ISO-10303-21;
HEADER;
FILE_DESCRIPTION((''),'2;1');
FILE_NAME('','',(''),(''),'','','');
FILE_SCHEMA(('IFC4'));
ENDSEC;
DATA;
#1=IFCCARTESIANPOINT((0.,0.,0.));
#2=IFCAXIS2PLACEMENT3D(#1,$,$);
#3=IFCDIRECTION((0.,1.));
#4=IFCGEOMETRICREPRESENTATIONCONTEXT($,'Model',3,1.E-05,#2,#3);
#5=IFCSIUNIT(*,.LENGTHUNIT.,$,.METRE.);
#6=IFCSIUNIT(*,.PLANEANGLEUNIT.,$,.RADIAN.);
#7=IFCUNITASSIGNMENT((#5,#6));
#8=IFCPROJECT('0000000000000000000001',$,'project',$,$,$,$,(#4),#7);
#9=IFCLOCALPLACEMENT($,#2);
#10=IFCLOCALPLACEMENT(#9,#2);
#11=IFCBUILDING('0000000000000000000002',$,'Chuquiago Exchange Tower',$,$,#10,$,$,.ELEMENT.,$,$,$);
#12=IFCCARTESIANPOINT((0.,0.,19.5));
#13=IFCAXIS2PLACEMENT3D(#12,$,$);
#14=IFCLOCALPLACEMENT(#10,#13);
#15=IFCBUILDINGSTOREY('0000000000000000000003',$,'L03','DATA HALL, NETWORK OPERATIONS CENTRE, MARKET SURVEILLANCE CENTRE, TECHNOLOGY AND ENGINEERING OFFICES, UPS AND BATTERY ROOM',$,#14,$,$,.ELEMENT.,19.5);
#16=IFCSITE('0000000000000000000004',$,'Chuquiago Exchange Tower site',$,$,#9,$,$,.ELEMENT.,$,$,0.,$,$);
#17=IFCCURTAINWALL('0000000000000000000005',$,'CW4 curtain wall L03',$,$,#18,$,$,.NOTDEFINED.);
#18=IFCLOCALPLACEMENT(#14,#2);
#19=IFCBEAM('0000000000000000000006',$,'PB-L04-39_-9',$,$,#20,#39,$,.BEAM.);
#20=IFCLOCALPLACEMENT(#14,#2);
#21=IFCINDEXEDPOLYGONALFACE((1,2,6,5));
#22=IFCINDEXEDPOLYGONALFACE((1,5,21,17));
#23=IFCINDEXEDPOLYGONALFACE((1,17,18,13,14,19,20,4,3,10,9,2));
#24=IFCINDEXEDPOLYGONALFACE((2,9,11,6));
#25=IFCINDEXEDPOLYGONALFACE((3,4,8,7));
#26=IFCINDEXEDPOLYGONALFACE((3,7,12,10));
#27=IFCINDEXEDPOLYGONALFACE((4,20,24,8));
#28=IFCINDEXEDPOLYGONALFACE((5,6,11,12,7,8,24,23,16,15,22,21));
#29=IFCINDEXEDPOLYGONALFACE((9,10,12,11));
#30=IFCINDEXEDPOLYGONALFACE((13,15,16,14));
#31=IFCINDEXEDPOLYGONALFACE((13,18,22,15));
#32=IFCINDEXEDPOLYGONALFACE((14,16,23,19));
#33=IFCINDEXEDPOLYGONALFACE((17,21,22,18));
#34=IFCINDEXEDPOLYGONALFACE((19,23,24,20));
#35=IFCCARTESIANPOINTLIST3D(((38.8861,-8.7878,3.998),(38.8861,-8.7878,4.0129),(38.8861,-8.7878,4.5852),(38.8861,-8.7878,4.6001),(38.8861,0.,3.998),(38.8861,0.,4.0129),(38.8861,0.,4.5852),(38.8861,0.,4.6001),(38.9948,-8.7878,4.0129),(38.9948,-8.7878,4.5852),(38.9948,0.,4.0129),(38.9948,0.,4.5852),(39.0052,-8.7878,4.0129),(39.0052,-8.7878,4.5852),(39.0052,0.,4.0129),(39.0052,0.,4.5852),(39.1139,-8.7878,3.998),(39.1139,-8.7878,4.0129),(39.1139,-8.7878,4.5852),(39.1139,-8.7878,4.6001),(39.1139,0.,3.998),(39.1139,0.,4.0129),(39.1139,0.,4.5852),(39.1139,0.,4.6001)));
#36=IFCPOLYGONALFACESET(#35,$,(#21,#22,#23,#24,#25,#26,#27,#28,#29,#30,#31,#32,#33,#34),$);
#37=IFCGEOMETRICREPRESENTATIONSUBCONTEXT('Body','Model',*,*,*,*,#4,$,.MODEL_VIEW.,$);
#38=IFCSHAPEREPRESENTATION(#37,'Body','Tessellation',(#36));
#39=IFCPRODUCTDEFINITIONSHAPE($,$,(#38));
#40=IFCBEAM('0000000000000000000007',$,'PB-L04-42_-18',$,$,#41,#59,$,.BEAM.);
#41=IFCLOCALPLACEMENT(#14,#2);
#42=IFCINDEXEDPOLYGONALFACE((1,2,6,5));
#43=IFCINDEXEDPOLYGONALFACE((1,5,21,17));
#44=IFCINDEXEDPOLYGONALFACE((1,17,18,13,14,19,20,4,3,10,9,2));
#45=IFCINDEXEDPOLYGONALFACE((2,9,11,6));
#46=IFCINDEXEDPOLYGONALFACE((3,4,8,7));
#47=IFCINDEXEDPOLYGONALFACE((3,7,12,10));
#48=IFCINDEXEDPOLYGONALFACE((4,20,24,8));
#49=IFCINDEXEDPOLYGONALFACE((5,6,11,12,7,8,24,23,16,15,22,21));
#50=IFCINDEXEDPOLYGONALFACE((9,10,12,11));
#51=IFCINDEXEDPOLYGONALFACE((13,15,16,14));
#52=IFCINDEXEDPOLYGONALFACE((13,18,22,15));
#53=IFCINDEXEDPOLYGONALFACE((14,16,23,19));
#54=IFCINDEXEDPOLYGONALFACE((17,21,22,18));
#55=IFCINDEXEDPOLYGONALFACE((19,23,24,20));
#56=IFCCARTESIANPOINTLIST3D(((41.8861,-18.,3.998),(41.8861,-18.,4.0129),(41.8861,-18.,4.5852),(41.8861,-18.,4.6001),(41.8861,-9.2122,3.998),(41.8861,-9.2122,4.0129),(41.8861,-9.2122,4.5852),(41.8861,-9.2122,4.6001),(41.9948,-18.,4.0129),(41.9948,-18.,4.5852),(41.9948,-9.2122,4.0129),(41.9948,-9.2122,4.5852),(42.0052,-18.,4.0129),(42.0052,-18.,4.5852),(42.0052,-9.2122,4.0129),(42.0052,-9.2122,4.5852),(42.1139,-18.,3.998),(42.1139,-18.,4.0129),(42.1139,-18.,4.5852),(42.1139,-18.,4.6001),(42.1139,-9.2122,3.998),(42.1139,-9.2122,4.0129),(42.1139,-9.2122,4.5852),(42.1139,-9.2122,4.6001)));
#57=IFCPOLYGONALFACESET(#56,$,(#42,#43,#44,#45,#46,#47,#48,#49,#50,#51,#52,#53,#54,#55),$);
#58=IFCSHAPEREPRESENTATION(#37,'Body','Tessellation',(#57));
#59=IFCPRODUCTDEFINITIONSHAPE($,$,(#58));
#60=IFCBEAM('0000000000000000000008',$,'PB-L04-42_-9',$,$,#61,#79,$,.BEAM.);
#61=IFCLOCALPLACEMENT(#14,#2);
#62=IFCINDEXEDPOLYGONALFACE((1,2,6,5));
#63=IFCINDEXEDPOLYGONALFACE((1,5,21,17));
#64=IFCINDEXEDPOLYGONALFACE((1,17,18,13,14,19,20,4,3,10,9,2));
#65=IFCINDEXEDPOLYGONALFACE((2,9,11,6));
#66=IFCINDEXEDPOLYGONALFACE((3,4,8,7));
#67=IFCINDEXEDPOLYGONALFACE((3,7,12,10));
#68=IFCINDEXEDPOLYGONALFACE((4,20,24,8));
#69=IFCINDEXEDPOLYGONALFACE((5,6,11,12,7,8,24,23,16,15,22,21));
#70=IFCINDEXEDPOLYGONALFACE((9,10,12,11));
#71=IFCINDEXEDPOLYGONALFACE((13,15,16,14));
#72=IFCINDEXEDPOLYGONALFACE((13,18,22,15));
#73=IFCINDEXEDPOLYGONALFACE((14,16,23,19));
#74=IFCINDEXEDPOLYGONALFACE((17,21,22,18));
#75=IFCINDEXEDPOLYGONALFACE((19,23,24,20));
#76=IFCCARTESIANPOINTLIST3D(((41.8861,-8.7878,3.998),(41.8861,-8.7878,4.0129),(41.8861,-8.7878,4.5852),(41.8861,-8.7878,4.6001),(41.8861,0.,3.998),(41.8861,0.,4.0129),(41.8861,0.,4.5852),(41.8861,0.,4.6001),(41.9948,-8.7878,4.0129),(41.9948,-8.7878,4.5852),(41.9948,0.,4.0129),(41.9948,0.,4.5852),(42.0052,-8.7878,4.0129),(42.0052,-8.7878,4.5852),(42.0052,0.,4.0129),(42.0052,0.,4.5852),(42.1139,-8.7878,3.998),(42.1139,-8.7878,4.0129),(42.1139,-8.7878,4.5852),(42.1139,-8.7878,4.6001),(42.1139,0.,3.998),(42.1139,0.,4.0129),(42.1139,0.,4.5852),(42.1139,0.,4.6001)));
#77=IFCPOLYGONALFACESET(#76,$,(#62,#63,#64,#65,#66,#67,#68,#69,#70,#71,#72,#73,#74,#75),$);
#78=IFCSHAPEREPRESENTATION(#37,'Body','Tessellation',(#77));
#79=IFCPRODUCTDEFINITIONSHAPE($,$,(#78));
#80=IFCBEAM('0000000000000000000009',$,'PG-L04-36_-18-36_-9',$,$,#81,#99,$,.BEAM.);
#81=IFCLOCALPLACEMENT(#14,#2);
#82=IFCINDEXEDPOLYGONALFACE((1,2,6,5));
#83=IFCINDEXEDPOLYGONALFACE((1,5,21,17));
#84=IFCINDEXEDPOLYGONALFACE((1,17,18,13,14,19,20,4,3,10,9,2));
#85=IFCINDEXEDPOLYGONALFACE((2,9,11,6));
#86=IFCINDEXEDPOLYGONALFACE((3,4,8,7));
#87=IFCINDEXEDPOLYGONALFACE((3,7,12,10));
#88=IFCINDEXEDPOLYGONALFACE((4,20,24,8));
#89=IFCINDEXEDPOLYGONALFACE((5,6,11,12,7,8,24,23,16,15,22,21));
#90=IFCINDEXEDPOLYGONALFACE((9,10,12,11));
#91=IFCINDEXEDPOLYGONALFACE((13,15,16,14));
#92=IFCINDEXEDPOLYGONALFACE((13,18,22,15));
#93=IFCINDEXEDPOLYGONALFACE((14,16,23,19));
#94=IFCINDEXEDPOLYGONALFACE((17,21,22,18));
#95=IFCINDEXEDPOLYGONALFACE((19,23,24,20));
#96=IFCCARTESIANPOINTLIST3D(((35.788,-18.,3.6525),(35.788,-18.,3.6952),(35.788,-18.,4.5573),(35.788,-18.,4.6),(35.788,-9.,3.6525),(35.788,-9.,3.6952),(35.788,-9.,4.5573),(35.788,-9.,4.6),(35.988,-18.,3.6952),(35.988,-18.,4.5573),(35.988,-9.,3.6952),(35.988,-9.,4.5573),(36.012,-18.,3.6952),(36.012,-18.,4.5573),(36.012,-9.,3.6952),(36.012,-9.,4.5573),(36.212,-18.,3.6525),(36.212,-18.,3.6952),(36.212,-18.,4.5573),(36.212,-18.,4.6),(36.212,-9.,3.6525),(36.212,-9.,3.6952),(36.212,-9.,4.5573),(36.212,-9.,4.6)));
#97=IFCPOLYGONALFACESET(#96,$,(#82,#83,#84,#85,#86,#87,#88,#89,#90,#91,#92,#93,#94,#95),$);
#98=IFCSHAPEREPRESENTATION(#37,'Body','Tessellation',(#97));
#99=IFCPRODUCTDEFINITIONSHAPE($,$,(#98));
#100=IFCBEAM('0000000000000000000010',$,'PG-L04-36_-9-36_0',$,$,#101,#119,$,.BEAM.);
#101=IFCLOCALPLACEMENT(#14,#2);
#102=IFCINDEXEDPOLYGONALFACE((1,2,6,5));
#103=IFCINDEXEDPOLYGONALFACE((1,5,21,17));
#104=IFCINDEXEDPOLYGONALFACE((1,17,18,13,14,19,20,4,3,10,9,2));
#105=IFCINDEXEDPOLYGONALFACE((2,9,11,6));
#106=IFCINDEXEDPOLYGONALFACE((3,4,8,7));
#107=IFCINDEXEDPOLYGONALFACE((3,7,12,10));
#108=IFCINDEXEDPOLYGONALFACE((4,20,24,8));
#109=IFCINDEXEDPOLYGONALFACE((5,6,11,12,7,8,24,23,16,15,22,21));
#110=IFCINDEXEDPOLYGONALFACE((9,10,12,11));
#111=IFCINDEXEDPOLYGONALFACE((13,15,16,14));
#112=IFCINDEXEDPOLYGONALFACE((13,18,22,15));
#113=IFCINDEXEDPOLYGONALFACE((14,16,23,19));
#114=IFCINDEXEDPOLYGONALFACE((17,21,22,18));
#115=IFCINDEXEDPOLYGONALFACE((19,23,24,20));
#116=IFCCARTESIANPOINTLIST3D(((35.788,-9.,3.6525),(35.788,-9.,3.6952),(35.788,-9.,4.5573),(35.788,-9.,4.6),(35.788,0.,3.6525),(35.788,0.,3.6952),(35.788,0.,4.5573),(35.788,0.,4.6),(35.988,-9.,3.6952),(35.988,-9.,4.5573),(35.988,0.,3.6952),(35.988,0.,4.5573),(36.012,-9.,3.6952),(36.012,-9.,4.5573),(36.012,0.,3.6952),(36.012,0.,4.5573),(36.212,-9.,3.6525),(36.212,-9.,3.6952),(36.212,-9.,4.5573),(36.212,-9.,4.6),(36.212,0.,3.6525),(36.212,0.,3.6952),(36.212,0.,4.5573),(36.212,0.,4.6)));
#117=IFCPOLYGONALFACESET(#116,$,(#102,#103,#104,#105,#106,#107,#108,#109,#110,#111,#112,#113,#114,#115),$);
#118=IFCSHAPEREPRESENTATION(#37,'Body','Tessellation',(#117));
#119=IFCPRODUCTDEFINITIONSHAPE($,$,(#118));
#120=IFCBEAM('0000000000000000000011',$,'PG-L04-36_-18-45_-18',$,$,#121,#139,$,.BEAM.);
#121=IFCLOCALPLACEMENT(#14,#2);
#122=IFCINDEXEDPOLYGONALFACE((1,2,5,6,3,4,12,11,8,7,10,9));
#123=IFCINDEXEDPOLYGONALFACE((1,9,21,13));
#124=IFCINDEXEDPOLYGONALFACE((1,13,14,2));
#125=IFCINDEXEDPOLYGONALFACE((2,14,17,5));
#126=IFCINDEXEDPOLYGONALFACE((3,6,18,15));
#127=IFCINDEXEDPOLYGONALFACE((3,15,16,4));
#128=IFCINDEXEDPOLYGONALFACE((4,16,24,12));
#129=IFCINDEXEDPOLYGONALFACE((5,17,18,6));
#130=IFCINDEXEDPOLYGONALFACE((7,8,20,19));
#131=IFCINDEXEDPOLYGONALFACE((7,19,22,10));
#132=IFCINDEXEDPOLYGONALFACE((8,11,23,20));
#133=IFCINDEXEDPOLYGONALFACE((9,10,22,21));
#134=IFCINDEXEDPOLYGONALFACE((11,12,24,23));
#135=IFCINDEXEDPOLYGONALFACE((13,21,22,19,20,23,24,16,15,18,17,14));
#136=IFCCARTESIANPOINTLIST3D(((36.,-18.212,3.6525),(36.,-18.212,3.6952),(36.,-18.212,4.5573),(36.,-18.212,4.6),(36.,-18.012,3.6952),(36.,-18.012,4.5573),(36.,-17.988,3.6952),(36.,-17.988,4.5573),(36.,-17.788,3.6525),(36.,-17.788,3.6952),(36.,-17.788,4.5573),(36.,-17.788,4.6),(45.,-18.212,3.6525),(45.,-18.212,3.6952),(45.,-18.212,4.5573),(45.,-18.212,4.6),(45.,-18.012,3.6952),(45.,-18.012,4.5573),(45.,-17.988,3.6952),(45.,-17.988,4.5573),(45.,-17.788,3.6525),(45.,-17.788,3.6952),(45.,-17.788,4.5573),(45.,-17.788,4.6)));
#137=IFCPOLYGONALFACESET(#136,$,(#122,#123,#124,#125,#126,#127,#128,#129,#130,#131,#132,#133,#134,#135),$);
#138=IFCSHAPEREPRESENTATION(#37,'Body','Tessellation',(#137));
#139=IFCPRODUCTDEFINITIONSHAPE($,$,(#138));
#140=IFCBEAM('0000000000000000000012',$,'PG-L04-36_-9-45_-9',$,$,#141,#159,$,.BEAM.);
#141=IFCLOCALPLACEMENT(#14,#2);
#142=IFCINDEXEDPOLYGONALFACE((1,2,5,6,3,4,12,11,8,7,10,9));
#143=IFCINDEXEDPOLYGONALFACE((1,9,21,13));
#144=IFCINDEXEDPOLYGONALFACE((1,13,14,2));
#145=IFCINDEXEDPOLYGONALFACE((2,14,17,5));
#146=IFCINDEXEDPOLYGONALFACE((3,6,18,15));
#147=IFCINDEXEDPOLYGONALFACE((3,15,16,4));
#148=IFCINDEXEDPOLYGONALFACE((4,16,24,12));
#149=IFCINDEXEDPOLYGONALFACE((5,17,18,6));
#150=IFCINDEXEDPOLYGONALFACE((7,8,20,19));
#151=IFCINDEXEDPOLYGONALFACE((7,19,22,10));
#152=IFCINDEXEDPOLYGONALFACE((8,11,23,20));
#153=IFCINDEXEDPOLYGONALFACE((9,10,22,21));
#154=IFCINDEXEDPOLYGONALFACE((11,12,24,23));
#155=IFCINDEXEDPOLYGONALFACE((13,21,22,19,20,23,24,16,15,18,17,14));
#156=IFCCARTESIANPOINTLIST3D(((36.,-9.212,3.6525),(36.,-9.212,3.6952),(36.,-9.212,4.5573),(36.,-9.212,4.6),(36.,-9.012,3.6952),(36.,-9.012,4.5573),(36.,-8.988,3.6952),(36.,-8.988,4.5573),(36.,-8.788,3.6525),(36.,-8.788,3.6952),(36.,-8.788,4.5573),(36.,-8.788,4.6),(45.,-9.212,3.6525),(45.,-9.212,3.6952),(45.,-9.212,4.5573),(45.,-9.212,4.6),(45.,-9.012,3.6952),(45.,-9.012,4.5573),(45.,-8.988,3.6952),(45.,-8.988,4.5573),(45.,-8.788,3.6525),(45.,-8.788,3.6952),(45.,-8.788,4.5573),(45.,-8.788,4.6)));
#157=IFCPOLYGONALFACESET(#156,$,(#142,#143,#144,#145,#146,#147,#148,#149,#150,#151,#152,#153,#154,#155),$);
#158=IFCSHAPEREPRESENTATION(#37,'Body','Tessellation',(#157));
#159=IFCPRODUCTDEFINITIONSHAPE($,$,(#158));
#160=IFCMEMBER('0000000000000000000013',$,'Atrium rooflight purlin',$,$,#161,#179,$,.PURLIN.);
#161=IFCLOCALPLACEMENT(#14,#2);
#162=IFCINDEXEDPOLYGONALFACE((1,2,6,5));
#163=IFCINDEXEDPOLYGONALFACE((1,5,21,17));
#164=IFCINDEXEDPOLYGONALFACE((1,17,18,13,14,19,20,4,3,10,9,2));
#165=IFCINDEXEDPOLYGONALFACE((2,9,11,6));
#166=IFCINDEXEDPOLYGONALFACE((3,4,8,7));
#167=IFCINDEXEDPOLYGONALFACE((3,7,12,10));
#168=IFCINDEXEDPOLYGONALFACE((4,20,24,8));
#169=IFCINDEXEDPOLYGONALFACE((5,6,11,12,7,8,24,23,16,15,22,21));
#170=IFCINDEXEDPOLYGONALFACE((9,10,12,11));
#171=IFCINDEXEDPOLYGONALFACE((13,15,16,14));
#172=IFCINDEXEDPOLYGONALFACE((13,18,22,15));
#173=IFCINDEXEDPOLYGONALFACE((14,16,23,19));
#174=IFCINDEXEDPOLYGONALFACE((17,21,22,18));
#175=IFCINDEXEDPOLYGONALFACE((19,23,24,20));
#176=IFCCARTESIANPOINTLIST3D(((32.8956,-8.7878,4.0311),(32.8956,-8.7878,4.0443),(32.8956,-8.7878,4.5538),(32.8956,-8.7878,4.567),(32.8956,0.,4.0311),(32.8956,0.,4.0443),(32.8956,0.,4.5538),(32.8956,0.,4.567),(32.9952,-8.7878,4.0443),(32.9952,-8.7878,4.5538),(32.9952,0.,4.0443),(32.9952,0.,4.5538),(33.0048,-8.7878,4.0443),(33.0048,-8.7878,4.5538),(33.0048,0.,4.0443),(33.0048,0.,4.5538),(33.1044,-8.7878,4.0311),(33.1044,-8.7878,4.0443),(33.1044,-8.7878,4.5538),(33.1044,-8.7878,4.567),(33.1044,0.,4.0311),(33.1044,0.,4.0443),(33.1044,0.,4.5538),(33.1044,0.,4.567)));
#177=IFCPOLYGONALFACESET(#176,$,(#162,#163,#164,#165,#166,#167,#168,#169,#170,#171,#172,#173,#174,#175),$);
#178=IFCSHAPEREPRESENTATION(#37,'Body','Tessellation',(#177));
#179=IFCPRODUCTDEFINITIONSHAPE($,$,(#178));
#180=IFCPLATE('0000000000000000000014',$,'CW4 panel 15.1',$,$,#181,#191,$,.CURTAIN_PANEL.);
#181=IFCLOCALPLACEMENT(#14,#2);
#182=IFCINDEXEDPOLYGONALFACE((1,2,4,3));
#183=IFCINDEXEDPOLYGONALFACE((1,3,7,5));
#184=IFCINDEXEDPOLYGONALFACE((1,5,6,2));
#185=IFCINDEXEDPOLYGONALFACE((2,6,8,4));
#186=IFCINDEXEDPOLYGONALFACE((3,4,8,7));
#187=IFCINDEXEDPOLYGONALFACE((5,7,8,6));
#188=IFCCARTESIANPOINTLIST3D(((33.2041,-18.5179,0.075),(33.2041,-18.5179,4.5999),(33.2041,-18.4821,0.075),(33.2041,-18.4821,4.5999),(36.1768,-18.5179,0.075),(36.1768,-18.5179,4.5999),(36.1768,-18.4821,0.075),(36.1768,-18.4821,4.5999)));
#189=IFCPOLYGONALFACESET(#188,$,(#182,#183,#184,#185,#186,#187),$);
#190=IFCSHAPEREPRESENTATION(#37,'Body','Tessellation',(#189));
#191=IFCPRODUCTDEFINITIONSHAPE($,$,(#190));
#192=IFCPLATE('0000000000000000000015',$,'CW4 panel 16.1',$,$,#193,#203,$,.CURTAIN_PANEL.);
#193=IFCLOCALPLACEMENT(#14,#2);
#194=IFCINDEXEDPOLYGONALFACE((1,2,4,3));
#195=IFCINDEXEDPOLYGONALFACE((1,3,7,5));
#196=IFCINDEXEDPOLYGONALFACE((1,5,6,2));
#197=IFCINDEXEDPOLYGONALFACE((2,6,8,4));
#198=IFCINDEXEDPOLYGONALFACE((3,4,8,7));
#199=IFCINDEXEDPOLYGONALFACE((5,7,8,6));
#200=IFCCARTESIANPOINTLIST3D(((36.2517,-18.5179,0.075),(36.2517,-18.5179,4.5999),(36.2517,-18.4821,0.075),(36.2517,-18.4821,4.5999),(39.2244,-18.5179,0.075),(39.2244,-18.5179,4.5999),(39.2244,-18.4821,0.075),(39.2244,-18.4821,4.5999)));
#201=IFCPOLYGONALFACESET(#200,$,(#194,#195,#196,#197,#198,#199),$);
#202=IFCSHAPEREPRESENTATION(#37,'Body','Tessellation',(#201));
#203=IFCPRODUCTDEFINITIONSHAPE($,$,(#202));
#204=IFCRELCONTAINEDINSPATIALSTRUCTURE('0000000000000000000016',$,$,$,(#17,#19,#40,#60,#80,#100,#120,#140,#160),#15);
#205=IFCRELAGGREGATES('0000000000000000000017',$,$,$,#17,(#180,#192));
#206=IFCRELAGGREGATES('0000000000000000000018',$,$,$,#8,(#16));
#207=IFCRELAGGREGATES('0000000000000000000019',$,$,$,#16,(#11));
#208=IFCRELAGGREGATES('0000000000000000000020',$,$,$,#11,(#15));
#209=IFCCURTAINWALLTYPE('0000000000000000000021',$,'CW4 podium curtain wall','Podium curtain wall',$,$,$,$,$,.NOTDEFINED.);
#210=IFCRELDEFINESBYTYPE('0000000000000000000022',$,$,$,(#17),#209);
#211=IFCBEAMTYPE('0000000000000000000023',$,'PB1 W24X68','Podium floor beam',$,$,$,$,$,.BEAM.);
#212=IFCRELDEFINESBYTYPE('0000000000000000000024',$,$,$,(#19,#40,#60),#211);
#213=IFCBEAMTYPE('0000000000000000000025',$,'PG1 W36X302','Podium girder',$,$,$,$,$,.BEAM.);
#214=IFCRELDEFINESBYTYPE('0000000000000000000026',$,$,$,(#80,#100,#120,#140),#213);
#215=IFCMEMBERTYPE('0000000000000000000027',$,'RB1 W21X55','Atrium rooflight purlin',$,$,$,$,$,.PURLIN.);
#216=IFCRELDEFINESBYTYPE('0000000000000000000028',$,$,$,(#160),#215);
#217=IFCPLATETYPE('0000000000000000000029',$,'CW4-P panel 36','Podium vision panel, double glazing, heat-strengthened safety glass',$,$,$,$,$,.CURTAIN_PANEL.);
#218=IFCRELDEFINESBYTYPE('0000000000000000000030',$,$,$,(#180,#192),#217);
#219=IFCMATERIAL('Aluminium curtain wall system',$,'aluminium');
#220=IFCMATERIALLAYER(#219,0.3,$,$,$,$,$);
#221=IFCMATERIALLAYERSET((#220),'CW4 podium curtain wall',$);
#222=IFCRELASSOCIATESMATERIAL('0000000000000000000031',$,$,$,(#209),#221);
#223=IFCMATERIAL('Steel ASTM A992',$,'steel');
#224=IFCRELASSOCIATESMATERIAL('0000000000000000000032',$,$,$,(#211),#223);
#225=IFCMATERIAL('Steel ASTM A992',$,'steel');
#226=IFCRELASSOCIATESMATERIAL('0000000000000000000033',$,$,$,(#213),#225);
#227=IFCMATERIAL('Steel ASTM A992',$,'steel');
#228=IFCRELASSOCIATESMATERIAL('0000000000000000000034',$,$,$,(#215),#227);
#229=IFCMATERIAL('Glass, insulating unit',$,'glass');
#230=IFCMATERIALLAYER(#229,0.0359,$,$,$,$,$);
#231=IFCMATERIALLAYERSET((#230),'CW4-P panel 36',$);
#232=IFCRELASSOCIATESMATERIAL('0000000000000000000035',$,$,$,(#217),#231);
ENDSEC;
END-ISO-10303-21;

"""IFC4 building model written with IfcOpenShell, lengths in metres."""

from ifc_helpers import new_model, si_unit, direction, frame, origin, origin_2d, place, context, subcontext, project, spatial, rectangle, i_section, extrude, material, layer, layer_set, material_profile, profile_set, type_object, element, aggregate, save


model = new_model("IFC4")

# Units and contexts
model_context = context("Model", 3, precision=1e-05, world=origin(), true_north=direction((0.0, 1.0)))
body_context = subcontext(model_context, "Body", "Model", "MODEL_VIEW")
ifc_project = project(units=[si_unit("LENGTHUNIT", "METRE"), si_unit("PLANEANGLEUNIT", "RADIAN")], contexts=[model_context])

# Site, building, storey
site_placement = place(None, origin())
site = spatial("IfcSite", under=ifc_project, at=site_placement, Name="Chuquiago Exchange Tower site", CompositionType="ELEMENT", RefElevation=0.0)
building_placement = place(site_placement, origin())
building = spatial("IfcBuilding", under=site, at=building_placement, Name="Chuquiago Exchange Tower", CompositionType="ELEMENT")
storey_placement = place(building_placement, frame((0.0, 0.0, 19.5)))
storey = spatial("IfcBuildingStorey", under=building, at=storey_placement, Name="L03", Description="DATA HALL, NETWORK OPERATIONS CENTRE, MARKET SURVEILLANCE CENTRE, TECHNOLOGY AND ENGINEERING OFFICES, UPS AND BATTERY ROOM", CompositionType="ELEMENT", Elevation=19.5)

# Curtain wall
ifc_material_1 = material(Name="Aluminium curtain wall system", Category="aluminium")
ifc_layer_1 = layer(ifc_material_1, 0.3)
ifc_layer_set_1 = layer_set([ifc_layer_1], Name="CW4 podium curtain wall")
curtain_wall_type = type_object("IfcCurtainWallType", Name="CW4 podium curtain wall", Description="Podium curtain wall", PredefinedType="NOTDEFINED", material=ifc_layer_set_1)
curtain_wall_placement = place(storey_placement, origin())
curtain_wall = element("IfcCurtainWall", 1, at=curtain_wall_placement, inside=storey, type_object=curtain_wall_type, Name="CW4 curtain wall L03", PredefinedType="NOTDEFINED")

# Beams
ifc_material_2 = material(Name="Steel ASTM A992", Category="steel")
ifc_material_profile_1 = material_profile(ifc_material_2, i_section(OverallWidth=0.2278, OverallDepth=0.6021, WebThickness=0.0105, FlangeThickness=0.0149, at=origin_2d()), Name="W24X68")
ifc_profile_set_1 = profile_set([ifc_material_profile_1], Name="Steel ASTM A992")
beam_type_1 = type_object("IfcBeamType", Name="PB1 W24X68", Description="Podium floor beam", PredefinedType="BEAM", material=ifc_profile_set_1)
for number, where, z_axis, x_axis, name in (
    (2, (39.0, -8.7878, 4.2991), (0.0, 1.0, 0.0), (-1.0, 0.0, 0.0), "PB-L04-39_-9"),
    (3, (42.0, -18.0, 4.2991), (0.0, 1.0, 0.0), (-1.0, 0.0, 0.0), "PB-L04-42_-18"),
    (4, (42.0, -8.7878, 4.2991), (0.0, 1.0, 0.0), (-1.0, 0.0, 0.0), "PB-L04-42_-9"),
):
    element("IfcBeam", number, at=place(storey_placement, frame(where, z_axis=z_axis, x_axis=x_axis)), inside=storey, type_object=beam_type_1, Name=name, PredefinedType="BEAM", context=body_context, shape_type="SweptSolid", body=[
        extrude(i_section(OverallWidth=0.2278, OverallDepth=0.6021, WebThickness=0.0105, FlangeThickness=0.0149, at=origin_2d()), origin(), (0.0, 0.0, 1.0), 8.7878),
    ])
ifc_material_3 = material(Name="Steel ASTM A992", Category="steel")
ifc_material_profile_2 = material_profile(ifc_material_3, i_section(OverallWidth=0.4241, OverallDepth=0.9475, WebThickness=0.0239, FlangeThickness=0.0427, at=origin_2d()), Name="W36X302")
ifc_profile_set_2 = profile_set([ifc_material_profile_2], Name="Steel ASTM A992")
beam_type_2 = type_object("IfcBeamType", Name="PG1 W36X302", Description="Podium girder", PredefinedType="BEAM", material=ifc_profile_set_2)
for number, where, z_axis, x_axis, name in (
    (5, (36.0, -18.0, 4.1262), (0.0, 1.0, 0.0), (-1.0, 0.0, 0.0), "PG-L04-36_-18-36_-9"),
    (6, (36.0, -9.0, 4.1262), (0.0, 1.0, 0.0), (-1.0, 0.0, 0.0), "PG-L04-36_-9-36_0"),
    (7, (36.0, -18.0, 4.1262), (1.0, 0.0, 0.0), (0.0, 1.0, 0.0), "PG-L04-36_-18-45_-18"),
    (8, (36.0, -9.0, 4.1262), (1.0, 0.0, 0.0), (0.0, 1.0, 0.0), "PG-L04-36_-9-45_-9"),
):
    element("IfcBeam", number, at=place(storey_placement, frame(where, z_axis=z_axis, x_axis=x_axis)), inside=storey, type_object=beam_type_2, Name=name, PredefinedType="BEAM", context=body_context, shape_type="SweptSolid", body=[
        extrude(i_section(OverallWidth=0.4241, OverallDepth=0.9475, WebThickness=0.0239, FlangeThickness=0.0427, at=origin_2d()), origin(), (0.0, 0.0, 1.0), 9.0),
    ])

# Member
ifc_material_4 = material(Name="Steel ASTM A992", Category="steel")
ifc_material_profile_3 = material_profile(ifc_material_4, i_section(OverallWidth=0.2087, OverallDepth=0.5359, WebThickness=0.0095, FlangeThickness=0.0132, at=origin_2d()), Name="W21X55")
ifc_profile_set_3 = profile_set([ifc_material_profile_3], Name="Steel ASTM A992")
member_type_1 = type_object("IfcMemberType", Name="RB1 W21X55", Description="Atrium rooflight purlin", PredefinedType="PURLIN", material=ifc_profile_set_3)
member_1_placement = place(storey_placement, frame((33.0, -8.7878, 4.2991), z_axis=(0.0, 1.0, 0.0), x_axis=(-1.0, 0.0, 0.0)))
element("IfcMember", 9, at=member_1_placement, inside=storey, type_object=member_type_1, Name="Atrium rooflight purlin", PredefinedType="PURLIN", context=body_context, shape_type="SweptSolid", body=[
    extrude(i_section(OverallWidth=0.2087, OverallDepth=0.5359, WebThickness=0.0095, FlangeThickness=0.0132, at=origin_2d()), origin(), (0.0, 0.0, 1.0), 8.7878),
])

# Plates
ifc_material_5 = material(Name="Glass, insulating unit", Category="glass")
ifc_layer_2 = layer(ifc_material_5, 0.0359)
ifc_layer_set_2 = layer_set([ifc_layer_2], Name="CW4-P panel 36")
plate_type = type_object("IfcPlateType", Name="CW4-P panel 36", Description="Podium vision panel, double glazing, heat-strengthened safety glass", PredefinedType="CURTAIN_PANEL", material=ifc_layer_set_2)
plate_1_placement = place(storey_placement, frame((34.6904, -18.5, 0.075), z_axis=(0.0, 0.0, 1.0), x_axis=(1.0, 0.0, 0.0)))
plate_1 = element("IfcPlate", 10, at=plate_1_placement, type_object=plate_type, Name="CW4 panel 15.1", PredefinedType="CURTAIN_PANEL", context=body_context, shape_type="SweptSolid", body=[
    extrude(rectangle(XDim=2.9727, YDim=0.0359, at=origin_2d()), origin(), (0.0, 0.0, 1.0), 4.5249),
])
plate_2_placement = place(storey_placement, frame((37.738, -18.5, 0.075), z_axis=(0.0, 0.0, 1.0), x_axis=(1.0, 0.0, 0.0)))
plate_2 = element("IfcPlate", 11, at=plate_2_placement, type_object=plate_type, Name="CW4 panel 16.1", PredefinedType="CURTAIN_PANEL", context=body_context, shape_type="SweptSolid", body=[
    extrude(rectangle(XDim=2.9727, YDim=0.0359, at=origin_2d()), origin(), (0.0, 0.0, 1.0), 4.5249),
])
aggregate(curtain_wall, [plate_1, plate_2])

save(model, "model.ifc")
